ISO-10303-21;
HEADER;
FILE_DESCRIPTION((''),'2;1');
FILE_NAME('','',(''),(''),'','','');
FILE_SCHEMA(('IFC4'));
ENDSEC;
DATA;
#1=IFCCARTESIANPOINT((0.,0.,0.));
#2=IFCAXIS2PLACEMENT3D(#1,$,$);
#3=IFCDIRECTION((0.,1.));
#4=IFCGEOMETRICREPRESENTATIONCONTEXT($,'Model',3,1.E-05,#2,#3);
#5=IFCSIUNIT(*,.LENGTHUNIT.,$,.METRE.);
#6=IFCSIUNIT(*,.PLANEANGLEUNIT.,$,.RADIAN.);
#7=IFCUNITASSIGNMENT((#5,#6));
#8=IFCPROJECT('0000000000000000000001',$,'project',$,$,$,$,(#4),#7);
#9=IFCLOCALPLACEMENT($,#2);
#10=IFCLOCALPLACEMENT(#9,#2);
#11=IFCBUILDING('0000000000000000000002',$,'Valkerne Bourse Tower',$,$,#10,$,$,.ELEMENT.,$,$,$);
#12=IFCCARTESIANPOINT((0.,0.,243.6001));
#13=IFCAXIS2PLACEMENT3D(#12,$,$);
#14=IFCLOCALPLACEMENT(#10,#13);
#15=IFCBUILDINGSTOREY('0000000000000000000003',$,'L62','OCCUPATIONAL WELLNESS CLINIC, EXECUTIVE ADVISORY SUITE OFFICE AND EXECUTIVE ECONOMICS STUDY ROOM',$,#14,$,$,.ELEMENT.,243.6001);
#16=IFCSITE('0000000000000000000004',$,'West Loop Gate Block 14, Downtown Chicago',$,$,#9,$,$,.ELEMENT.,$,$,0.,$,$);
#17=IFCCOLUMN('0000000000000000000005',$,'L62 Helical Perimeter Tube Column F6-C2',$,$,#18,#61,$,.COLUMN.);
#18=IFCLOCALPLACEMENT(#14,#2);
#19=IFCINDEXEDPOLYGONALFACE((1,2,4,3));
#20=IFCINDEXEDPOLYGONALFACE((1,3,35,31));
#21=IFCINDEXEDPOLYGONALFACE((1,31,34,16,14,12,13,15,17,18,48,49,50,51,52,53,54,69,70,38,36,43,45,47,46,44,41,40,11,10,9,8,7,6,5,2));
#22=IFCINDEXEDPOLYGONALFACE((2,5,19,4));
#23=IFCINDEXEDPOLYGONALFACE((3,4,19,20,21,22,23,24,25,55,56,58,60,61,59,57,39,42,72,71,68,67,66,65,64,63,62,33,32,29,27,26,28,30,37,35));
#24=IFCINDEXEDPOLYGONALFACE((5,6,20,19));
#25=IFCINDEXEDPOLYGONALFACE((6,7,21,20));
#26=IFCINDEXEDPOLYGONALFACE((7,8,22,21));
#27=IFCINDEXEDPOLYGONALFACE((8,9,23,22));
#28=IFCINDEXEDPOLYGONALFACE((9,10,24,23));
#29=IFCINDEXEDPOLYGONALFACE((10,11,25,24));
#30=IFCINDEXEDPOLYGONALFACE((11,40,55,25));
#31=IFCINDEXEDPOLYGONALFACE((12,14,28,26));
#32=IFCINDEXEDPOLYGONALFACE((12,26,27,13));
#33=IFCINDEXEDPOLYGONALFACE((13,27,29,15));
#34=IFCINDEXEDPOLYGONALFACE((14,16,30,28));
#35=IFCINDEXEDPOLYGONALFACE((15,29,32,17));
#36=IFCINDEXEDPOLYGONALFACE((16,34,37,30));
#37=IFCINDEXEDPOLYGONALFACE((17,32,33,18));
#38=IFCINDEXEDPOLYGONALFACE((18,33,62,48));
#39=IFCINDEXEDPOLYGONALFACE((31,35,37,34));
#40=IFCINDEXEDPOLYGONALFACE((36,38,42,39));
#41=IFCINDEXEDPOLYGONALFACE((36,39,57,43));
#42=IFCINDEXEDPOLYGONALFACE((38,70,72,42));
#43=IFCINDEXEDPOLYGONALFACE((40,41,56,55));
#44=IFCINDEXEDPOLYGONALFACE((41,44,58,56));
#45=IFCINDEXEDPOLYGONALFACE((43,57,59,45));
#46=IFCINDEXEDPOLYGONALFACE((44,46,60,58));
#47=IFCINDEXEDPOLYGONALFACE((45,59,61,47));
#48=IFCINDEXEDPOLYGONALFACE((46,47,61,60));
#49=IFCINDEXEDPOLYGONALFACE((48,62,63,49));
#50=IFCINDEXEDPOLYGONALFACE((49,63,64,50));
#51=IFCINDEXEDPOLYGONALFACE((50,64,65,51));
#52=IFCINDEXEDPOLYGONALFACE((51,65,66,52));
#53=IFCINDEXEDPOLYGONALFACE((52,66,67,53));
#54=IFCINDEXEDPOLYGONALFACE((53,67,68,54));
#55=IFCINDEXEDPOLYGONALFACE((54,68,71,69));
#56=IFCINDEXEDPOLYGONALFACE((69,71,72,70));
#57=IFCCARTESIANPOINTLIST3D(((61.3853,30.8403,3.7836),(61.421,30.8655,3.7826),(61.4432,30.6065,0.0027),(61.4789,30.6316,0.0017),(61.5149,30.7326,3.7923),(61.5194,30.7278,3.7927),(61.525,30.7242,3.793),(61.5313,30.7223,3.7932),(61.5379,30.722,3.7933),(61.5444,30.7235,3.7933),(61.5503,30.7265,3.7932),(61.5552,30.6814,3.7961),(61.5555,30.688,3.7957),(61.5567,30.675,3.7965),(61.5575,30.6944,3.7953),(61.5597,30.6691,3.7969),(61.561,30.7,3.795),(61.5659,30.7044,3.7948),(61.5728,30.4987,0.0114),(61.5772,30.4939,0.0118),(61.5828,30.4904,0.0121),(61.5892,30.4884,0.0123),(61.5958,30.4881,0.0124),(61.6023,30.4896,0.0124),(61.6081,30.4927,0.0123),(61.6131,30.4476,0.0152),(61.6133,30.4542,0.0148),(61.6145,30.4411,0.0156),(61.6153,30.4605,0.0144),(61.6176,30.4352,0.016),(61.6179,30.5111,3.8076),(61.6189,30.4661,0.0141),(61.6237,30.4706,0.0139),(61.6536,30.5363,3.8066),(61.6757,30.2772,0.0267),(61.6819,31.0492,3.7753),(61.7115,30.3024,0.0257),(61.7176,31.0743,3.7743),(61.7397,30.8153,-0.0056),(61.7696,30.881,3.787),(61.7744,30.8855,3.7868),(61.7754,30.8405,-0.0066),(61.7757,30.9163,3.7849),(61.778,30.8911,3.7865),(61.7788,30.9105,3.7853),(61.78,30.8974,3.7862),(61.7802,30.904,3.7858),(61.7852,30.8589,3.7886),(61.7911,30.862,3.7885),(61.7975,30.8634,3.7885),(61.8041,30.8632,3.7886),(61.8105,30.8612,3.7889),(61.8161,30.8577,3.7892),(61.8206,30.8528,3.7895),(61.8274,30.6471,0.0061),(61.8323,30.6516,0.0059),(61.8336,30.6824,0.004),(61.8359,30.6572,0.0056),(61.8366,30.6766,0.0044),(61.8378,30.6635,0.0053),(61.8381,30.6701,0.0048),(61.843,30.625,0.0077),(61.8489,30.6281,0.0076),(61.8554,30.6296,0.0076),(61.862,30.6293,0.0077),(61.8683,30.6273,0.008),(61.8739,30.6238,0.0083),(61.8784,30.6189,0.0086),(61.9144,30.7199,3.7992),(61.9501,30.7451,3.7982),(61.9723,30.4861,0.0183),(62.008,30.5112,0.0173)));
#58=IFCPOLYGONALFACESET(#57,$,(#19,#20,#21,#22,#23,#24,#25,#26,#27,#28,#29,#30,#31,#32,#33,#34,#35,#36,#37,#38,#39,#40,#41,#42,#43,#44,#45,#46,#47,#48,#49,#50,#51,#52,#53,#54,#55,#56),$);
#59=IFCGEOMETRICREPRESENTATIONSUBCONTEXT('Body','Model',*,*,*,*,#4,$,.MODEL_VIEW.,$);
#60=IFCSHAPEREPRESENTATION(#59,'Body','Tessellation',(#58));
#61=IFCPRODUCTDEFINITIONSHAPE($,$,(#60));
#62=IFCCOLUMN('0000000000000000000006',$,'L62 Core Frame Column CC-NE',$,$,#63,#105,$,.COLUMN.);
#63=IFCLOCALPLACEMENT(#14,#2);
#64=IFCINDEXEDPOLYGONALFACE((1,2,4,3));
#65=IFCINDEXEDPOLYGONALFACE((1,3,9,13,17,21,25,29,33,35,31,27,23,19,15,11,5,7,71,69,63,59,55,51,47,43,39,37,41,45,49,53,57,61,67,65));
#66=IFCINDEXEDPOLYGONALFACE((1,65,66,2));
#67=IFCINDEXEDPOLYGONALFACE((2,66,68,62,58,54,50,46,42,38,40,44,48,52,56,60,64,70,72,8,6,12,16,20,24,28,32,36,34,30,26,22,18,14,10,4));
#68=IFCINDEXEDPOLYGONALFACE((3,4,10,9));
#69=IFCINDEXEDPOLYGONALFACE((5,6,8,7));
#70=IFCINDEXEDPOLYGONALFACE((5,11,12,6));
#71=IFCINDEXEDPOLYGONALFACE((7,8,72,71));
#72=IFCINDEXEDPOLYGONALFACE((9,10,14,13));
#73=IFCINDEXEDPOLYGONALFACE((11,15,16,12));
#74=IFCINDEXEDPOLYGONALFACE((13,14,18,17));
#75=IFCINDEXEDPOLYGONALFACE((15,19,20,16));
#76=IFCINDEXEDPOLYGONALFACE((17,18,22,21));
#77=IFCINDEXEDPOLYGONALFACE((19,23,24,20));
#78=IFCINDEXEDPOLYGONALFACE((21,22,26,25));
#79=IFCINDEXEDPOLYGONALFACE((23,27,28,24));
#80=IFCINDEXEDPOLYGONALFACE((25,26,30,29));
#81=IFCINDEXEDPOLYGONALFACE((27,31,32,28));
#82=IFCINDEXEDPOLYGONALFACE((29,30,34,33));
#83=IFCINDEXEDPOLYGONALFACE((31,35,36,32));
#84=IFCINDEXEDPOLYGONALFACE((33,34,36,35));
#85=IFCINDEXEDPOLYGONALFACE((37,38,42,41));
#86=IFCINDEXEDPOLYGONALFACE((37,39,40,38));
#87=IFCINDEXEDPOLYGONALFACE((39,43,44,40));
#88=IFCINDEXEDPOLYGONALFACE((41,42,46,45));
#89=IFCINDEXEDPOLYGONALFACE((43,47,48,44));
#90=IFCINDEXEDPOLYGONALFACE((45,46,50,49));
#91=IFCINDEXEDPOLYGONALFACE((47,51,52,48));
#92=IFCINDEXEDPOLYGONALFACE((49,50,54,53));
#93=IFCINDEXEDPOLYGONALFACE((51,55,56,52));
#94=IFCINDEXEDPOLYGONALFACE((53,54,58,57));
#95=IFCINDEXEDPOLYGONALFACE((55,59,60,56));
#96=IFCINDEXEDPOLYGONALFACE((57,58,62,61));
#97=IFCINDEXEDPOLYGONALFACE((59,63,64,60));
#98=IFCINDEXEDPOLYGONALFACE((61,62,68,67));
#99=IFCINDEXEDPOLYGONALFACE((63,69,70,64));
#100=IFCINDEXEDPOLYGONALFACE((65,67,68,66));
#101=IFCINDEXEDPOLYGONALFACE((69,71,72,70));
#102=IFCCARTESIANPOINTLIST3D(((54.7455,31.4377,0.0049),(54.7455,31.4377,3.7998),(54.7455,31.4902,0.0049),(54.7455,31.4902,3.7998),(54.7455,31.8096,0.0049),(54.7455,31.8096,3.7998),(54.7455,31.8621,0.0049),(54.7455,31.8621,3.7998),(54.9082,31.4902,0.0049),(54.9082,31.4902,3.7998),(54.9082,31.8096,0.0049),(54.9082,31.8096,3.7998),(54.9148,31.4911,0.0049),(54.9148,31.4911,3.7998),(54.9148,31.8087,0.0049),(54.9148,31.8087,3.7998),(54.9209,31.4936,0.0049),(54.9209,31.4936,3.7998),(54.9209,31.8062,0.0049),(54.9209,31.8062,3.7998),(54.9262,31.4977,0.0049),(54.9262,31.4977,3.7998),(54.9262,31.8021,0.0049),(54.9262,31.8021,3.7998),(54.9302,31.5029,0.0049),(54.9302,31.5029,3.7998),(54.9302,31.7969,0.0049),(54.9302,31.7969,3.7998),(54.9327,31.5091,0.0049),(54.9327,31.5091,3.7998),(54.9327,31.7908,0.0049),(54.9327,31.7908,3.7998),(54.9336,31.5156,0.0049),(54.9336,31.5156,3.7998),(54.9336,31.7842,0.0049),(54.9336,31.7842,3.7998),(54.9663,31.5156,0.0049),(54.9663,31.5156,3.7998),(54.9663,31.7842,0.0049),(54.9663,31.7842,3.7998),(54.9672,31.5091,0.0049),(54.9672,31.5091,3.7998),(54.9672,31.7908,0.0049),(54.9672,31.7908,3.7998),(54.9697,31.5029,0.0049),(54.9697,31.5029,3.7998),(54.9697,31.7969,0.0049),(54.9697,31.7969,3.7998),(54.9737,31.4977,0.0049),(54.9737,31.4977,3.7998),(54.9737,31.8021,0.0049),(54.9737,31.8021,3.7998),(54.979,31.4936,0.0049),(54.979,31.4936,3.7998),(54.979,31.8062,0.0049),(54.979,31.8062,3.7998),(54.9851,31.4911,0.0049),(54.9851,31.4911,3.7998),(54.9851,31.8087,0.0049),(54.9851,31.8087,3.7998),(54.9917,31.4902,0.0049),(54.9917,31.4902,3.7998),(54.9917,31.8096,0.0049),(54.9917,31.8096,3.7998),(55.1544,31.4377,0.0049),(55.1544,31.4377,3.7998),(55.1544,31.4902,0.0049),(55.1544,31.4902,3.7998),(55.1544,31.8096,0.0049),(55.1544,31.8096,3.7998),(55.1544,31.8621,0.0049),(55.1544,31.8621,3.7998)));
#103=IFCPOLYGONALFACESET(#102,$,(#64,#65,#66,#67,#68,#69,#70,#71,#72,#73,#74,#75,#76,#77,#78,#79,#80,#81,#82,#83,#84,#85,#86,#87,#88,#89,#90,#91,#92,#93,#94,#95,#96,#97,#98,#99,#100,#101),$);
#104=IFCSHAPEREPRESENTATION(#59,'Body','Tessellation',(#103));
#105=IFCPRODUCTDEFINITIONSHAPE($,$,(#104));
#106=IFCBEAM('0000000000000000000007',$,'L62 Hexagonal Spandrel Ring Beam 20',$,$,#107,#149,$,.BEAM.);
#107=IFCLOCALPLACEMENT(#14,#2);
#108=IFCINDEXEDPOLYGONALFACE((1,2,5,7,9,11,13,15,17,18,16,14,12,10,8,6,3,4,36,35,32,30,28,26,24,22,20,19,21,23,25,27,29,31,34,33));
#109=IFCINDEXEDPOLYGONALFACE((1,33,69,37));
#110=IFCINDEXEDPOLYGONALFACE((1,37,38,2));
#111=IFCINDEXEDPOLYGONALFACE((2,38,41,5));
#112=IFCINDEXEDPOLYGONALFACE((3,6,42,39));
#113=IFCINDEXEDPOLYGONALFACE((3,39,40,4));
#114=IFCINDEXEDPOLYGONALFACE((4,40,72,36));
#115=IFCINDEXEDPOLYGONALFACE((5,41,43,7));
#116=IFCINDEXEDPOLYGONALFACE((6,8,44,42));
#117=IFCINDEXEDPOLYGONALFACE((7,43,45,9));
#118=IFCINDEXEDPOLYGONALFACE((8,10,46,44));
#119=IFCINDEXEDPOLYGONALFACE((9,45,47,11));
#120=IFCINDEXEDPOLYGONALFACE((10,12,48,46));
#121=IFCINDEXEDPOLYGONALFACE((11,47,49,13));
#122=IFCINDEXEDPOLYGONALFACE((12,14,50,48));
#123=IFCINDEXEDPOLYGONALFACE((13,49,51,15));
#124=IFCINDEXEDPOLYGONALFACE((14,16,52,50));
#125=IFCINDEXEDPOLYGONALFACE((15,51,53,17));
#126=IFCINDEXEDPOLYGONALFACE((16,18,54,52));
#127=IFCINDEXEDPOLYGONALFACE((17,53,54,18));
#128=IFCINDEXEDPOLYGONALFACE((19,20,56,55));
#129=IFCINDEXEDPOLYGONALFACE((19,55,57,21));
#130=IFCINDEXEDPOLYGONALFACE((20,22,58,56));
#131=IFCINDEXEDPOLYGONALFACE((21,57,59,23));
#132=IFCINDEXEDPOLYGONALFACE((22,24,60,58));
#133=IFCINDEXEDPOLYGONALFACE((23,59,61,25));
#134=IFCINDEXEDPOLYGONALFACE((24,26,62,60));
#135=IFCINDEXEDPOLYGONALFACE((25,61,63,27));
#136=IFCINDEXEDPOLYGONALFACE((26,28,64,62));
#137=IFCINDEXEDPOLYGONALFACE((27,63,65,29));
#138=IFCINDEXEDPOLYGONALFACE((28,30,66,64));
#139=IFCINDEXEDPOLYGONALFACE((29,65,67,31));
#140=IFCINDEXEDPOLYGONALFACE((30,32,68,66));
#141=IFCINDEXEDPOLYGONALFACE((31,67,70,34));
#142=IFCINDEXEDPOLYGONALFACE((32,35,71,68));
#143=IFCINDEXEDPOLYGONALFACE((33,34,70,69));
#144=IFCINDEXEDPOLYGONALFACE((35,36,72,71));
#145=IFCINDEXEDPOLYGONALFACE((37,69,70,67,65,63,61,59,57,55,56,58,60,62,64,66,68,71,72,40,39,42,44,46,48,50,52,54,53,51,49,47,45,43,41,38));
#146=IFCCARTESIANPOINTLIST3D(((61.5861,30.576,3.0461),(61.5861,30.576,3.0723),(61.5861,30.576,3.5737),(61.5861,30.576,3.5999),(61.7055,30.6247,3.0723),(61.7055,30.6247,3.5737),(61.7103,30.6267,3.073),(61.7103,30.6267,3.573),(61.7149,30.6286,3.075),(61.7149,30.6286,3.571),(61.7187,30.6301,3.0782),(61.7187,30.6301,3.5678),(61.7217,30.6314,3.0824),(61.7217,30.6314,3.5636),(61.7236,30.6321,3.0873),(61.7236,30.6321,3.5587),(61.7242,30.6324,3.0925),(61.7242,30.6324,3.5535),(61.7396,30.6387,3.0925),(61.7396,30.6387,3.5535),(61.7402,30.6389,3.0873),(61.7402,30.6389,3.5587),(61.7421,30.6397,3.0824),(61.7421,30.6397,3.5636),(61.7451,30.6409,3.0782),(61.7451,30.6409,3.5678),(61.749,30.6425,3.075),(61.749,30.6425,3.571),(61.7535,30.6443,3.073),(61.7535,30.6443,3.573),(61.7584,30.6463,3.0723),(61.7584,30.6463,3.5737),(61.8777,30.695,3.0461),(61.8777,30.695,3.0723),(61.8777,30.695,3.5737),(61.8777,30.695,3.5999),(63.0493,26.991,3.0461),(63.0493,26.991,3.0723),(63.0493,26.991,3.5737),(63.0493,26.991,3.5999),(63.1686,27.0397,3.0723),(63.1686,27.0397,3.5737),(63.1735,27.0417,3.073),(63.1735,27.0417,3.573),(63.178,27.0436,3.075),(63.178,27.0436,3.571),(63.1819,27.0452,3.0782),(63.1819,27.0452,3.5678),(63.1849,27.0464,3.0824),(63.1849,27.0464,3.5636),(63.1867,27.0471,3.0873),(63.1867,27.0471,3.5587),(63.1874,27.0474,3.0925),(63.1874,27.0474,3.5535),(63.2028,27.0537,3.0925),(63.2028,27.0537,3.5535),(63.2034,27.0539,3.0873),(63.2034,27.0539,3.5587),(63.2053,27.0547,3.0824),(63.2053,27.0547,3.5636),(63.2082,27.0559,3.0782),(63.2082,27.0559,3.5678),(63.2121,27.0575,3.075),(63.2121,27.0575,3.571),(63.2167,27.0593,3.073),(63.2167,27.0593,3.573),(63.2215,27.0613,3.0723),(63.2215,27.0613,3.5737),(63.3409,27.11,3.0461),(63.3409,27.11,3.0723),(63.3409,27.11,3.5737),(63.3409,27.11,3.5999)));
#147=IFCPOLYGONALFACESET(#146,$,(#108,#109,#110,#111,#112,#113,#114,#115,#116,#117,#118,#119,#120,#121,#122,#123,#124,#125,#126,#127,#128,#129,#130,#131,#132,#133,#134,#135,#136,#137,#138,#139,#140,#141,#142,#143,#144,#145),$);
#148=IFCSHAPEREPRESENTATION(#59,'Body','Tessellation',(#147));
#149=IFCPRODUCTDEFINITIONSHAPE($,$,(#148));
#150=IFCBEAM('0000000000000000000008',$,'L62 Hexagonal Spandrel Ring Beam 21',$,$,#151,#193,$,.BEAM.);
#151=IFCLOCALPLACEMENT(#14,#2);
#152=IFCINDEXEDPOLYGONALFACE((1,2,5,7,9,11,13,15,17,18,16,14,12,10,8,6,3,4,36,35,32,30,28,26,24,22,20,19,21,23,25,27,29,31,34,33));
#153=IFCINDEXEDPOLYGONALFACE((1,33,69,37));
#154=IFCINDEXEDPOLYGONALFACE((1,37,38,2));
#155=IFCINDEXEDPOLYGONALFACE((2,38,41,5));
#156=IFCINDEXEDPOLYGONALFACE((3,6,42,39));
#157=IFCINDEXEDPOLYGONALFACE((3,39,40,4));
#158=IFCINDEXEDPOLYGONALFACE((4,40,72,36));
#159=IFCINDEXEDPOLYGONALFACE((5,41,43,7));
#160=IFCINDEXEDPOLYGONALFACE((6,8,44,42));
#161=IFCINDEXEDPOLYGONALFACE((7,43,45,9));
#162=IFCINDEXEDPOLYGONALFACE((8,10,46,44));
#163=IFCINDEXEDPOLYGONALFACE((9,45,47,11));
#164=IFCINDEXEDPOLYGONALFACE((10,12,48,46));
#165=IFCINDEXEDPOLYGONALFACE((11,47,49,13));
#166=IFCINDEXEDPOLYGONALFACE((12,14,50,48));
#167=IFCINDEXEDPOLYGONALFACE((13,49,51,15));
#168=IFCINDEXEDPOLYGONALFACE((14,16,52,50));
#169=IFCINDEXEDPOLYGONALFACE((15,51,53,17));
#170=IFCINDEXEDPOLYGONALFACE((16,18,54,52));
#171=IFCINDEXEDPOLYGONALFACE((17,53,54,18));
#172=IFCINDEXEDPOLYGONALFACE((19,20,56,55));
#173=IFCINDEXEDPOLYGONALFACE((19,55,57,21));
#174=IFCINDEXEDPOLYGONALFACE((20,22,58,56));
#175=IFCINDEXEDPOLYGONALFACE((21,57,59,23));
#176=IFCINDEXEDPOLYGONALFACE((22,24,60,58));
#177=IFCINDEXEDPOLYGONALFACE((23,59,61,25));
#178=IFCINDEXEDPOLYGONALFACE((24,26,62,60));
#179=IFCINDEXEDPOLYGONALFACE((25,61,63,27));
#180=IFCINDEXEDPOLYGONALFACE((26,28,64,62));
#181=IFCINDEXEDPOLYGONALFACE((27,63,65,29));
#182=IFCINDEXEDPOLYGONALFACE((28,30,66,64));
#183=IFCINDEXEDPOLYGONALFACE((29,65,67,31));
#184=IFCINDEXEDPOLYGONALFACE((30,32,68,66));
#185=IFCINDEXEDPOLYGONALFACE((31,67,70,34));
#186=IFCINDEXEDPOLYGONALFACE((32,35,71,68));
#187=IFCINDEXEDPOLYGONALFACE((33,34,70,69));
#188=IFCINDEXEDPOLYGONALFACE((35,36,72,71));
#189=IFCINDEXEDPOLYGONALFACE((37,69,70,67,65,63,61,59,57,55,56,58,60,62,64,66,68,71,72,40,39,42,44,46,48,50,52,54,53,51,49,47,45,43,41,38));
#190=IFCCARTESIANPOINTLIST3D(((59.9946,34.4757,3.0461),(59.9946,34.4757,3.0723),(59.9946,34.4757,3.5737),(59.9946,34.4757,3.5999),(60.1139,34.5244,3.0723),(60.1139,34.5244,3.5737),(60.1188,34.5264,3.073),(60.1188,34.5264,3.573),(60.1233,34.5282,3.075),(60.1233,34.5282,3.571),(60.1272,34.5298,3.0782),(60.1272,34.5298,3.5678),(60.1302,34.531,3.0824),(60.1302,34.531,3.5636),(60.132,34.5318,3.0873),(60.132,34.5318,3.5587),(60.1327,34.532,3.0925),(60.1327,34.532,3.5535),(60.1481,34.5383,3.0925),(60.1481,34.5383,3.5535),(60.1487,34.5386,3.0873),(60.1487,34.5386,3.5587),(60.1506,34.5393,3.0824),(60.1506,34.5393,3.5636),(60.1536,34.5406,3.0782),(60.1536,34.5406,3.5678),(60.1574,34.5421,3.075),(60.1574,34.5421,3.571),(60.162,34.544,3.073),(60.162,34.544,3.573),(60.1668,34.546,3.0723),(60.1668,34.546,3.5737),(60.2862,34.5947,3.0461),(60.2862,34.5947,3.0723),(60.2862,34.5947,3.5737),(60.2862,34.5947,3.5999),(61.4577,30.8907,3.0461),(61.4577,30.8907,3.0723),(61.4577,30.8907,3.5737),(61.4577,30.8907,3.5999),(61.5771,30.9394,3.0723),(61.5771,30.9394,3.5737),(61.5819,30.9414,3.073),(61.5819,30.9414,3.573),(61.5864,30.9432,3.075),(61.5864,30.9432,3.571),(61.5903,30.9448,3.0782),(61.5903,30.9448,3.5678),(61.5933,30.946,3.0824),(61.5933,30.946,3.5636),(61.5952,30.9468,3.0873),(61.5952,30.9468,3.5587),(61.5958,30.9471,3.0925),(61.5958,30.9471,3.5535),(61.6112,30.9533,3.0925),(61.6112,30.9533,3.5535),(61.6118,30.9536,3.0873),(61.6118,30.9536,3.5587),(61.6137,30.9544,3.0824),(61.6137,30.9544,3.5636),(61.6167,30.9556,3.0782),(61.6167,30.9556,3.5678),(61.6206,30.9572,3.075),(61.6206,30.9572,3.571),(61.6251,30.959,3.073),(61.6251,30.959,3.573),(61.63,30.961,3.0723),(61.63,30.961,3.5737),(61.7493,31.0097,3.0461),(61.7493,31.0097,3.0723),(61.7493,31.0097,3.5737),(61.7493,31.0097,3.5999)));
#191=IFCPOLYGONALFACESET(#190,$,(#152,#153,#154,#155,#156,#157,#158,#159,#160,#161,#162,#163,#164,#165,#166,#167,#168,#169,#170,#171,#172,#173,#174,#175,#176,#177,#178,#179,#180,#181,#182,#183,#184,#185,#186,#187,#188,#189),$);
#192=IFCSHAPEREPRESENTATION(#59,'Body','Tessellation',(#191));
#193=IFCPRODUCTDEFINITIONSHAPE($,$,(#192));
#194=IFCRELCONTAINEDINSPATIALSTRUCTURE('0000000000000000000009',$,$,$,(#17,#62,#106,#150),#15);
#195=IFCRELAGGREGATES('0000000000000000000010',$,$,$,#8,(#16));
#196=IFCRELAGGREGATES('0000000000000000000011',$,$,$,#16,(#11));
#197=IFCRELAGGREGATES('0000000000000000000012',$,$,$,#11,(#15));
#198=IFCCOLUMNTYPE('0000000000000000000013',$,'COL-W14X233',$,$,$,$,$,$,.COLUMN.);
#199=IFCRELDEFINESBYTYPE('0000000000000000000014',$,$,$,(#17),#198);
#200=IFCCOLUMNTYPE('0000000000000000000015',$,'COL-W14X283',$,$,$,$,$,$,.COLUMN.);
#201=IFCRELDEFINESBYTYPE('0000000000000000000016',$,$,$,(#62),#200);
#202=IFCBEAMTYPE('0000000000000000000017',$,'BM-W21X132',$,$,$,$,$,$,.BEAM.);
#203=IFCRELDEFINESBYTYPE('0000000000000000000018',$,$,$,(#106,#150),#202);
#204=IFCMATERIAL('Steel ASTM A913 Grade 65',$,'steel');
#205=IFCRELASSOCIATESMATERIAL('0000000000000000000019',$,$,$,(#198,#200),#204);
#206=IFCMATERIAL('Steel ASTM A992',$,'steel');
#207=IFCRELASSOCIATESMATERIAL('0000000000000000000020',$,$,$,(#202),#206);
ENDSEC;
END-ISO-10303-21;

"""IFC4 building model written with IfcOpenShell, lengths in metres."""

from ifc_helpers import new_model, si_unit, direction, frame, origin, origin_2d, place, context, subcontext, project, spatial, i_section, extrude, material, material_profile, profile_set, type_object, element, save


model = new_model("IFC4")

# Units and contexts
model_context = context("Model", 3, precision=1e-05, world=origin(), true_north=direction((0.0, 1.0)))
body_context = subcontext(model_context, "Body", "Model", "MODEL_VIEW")
ifc_project = project(units=[si_unit("LENGTHUNIT", "METRE"), si_unit("PLANEANGLEUNIT", "RADIAN")], contexts=[model_context])

# Site, building, storey
site_placement = place(None, origin())
site = spatial("IfcSite", under=ifc_project, at=site_placement, Name="West Loop Gate Block 14, Downtown Chicago", CompositionType="ELEMENT", RefElevation=0.0)
building_placement = place(site_placement, origin())
building = spatial("IfcBuilding", under=site, at=building_placement, Name="Valkerne Bourse Tower", CompositionType="ELEMENT")
storey_placement = place(building_placement, frame((0.0, 0.0, 243.6001)))
storey = spatial("IfcBuildingStorey", under=building, at=storey_placement, Name="L62", Description="OCCUPATIONAL WELLNESS CLINIC, EXECUTIVE ADVISORY SUITE OFFICE AND EXECUTIVE ECONOMICS STUDY ROOM", CompositionType="ELEMENT", Elevation=243.6001)

# Columns
ifc_material_1 = material(Name="Steel ASTM A913 Grade 65", Category="steel")
ifc_material_profile_1 = material_profile(ifc_material_1, i_section(OverallWidth=0.4038, OverallDepth=0.4065, WebThickness=0.0271, FlangeThickness=0.0437, FilletRadius=0.0254, at=origin_2d()), Name="W14X233")
ifc_profile_set_1 = profile_set([ifc_material_profile_1], Name="Steel ASTM A913 Grade 65")
column_type_1 = type_object("IfcColumnType", Name="COL-W14X233", PredefinedType="COLUMN", material=ifc_profile_set_1)
column_1_placement = place(storey_placement, frame((61.7256, 30.5588, 0.01), z_axis=(-0.015272, 0.061733, 0.997976), x_axis=(0.575914, -0.81536, 0.05925)))
element("IfcColumn", 1, at=column_1_placement, inside=storey, type_object=column_type_1, Name="L62 Helical Perimeter Tube Column F6-C2", PredefinedType="COLUMN", context=body_context, shape_type="SweptSolid", body=[
    extrude(i_section(OverallWidth=0.4038, OverallDepth=0.4065, WebThickness=0.0271, FlangeThickness=0.0437, FilletRadius=0.0254, at=origin_2d()), origin(), (0.0, 0.0, 1.0), 3.7886),
])
ifc_material_profile_2 = material_profile(ifc_material_1, i_section(OverallWidth=0.4089, OverallDepth=0.4243, WebThickness=0.0327, FlangeThickness=0.0525, FilletRadius=0.0254, at=origin_2d()), Name="W14X283")
ifc_profile_set_2 = profile_set([ifc_material_profile_2], Name="Steel ASTM A913 Grade 65")
column_type_2 = type_object("IfcColumnType", Name="COL-W14X283", PredefinedType="COLUMN", material=ifc_profile_set_2)
column_2_placement = place(storey_placement, frame((54.95, 31.6499, 0.0049), z_axis=(0.0, 0.0, 1.0), x_axis=(1.0, 0.0, 0.0)))
element("IfcColumn", 2, at=column_2_placement, inside=storey, type_object=column_type_2, Name="L62 Core Frame Column CC-NE", PredefinedType="COLUMN", context=body_context, shape_type="SweptSolid", body=[
    extrude(i_section(OverallWidth=0.4089, OverallDepth=0.4243, WebThickness=0.0327, FlangeThickness=0.0525, FilletRadius=0.0254, at=origin_2d()), origin(), (0.0, 0.0, 1.0), 3.7949),
])

# Beams
ifc_material_2 = material(Name="Steel ASTM A992", Category="steel")
ifc_material_profile_3 = material_profile(ifc_material_2, i_section(OverallWidth=0.3149, OverallDepth=0.5537, WebThickness=0.0166, FlangeThickness=0.0261, FilletRadius=0.0203, at=origin_2d()), Name="W21X132")
ifc_profile_set_3 = profile_set([ifc_material_profile_3], Name="Steel ASTM A992")
beam_type_1 = type_object("IfcBeamType", Name="BM-W21X132", PredefinedType="BEAM", material=ifc_profile_set_3)
for number, where, z_axis, x_axis, name in (
    (3, (63.1951, 27.0505, 3.323), (-0.377872, 0.925858, 0.0), (-0.925858, -0.377872, 0.0), "L62 Hexagonal Spandrel Ring Beam 20"),
    (4, (61.6035, 30.9502, 3.323), (-0.377872, 0.925858, 0.0), (-0.925858, -0.377872, 0.0), "L62 Hexagonal Spandrel Ring Beam 21"),
):
    element("IfcBeam", number, at=place(storey_placement, frame(where, z_axis=z_axis, x_axis=x_axis)), inside=storey, type_object=beam_type_1, Name=name, PredefinedType="BEAM", context=body_context, shape_type="SweptSolid", body=[
        extrude(i_section(OverallWidth=0.3149, OverallDepth=0.5537, WebThickness=0.0166, FlangeThickness=0.0261, FilletRadius=0.0203, at=origin_2d()), origin(), (0.0, 0.0, 1.0), 3.8721),
    ])

save(model, "model.ifc")
